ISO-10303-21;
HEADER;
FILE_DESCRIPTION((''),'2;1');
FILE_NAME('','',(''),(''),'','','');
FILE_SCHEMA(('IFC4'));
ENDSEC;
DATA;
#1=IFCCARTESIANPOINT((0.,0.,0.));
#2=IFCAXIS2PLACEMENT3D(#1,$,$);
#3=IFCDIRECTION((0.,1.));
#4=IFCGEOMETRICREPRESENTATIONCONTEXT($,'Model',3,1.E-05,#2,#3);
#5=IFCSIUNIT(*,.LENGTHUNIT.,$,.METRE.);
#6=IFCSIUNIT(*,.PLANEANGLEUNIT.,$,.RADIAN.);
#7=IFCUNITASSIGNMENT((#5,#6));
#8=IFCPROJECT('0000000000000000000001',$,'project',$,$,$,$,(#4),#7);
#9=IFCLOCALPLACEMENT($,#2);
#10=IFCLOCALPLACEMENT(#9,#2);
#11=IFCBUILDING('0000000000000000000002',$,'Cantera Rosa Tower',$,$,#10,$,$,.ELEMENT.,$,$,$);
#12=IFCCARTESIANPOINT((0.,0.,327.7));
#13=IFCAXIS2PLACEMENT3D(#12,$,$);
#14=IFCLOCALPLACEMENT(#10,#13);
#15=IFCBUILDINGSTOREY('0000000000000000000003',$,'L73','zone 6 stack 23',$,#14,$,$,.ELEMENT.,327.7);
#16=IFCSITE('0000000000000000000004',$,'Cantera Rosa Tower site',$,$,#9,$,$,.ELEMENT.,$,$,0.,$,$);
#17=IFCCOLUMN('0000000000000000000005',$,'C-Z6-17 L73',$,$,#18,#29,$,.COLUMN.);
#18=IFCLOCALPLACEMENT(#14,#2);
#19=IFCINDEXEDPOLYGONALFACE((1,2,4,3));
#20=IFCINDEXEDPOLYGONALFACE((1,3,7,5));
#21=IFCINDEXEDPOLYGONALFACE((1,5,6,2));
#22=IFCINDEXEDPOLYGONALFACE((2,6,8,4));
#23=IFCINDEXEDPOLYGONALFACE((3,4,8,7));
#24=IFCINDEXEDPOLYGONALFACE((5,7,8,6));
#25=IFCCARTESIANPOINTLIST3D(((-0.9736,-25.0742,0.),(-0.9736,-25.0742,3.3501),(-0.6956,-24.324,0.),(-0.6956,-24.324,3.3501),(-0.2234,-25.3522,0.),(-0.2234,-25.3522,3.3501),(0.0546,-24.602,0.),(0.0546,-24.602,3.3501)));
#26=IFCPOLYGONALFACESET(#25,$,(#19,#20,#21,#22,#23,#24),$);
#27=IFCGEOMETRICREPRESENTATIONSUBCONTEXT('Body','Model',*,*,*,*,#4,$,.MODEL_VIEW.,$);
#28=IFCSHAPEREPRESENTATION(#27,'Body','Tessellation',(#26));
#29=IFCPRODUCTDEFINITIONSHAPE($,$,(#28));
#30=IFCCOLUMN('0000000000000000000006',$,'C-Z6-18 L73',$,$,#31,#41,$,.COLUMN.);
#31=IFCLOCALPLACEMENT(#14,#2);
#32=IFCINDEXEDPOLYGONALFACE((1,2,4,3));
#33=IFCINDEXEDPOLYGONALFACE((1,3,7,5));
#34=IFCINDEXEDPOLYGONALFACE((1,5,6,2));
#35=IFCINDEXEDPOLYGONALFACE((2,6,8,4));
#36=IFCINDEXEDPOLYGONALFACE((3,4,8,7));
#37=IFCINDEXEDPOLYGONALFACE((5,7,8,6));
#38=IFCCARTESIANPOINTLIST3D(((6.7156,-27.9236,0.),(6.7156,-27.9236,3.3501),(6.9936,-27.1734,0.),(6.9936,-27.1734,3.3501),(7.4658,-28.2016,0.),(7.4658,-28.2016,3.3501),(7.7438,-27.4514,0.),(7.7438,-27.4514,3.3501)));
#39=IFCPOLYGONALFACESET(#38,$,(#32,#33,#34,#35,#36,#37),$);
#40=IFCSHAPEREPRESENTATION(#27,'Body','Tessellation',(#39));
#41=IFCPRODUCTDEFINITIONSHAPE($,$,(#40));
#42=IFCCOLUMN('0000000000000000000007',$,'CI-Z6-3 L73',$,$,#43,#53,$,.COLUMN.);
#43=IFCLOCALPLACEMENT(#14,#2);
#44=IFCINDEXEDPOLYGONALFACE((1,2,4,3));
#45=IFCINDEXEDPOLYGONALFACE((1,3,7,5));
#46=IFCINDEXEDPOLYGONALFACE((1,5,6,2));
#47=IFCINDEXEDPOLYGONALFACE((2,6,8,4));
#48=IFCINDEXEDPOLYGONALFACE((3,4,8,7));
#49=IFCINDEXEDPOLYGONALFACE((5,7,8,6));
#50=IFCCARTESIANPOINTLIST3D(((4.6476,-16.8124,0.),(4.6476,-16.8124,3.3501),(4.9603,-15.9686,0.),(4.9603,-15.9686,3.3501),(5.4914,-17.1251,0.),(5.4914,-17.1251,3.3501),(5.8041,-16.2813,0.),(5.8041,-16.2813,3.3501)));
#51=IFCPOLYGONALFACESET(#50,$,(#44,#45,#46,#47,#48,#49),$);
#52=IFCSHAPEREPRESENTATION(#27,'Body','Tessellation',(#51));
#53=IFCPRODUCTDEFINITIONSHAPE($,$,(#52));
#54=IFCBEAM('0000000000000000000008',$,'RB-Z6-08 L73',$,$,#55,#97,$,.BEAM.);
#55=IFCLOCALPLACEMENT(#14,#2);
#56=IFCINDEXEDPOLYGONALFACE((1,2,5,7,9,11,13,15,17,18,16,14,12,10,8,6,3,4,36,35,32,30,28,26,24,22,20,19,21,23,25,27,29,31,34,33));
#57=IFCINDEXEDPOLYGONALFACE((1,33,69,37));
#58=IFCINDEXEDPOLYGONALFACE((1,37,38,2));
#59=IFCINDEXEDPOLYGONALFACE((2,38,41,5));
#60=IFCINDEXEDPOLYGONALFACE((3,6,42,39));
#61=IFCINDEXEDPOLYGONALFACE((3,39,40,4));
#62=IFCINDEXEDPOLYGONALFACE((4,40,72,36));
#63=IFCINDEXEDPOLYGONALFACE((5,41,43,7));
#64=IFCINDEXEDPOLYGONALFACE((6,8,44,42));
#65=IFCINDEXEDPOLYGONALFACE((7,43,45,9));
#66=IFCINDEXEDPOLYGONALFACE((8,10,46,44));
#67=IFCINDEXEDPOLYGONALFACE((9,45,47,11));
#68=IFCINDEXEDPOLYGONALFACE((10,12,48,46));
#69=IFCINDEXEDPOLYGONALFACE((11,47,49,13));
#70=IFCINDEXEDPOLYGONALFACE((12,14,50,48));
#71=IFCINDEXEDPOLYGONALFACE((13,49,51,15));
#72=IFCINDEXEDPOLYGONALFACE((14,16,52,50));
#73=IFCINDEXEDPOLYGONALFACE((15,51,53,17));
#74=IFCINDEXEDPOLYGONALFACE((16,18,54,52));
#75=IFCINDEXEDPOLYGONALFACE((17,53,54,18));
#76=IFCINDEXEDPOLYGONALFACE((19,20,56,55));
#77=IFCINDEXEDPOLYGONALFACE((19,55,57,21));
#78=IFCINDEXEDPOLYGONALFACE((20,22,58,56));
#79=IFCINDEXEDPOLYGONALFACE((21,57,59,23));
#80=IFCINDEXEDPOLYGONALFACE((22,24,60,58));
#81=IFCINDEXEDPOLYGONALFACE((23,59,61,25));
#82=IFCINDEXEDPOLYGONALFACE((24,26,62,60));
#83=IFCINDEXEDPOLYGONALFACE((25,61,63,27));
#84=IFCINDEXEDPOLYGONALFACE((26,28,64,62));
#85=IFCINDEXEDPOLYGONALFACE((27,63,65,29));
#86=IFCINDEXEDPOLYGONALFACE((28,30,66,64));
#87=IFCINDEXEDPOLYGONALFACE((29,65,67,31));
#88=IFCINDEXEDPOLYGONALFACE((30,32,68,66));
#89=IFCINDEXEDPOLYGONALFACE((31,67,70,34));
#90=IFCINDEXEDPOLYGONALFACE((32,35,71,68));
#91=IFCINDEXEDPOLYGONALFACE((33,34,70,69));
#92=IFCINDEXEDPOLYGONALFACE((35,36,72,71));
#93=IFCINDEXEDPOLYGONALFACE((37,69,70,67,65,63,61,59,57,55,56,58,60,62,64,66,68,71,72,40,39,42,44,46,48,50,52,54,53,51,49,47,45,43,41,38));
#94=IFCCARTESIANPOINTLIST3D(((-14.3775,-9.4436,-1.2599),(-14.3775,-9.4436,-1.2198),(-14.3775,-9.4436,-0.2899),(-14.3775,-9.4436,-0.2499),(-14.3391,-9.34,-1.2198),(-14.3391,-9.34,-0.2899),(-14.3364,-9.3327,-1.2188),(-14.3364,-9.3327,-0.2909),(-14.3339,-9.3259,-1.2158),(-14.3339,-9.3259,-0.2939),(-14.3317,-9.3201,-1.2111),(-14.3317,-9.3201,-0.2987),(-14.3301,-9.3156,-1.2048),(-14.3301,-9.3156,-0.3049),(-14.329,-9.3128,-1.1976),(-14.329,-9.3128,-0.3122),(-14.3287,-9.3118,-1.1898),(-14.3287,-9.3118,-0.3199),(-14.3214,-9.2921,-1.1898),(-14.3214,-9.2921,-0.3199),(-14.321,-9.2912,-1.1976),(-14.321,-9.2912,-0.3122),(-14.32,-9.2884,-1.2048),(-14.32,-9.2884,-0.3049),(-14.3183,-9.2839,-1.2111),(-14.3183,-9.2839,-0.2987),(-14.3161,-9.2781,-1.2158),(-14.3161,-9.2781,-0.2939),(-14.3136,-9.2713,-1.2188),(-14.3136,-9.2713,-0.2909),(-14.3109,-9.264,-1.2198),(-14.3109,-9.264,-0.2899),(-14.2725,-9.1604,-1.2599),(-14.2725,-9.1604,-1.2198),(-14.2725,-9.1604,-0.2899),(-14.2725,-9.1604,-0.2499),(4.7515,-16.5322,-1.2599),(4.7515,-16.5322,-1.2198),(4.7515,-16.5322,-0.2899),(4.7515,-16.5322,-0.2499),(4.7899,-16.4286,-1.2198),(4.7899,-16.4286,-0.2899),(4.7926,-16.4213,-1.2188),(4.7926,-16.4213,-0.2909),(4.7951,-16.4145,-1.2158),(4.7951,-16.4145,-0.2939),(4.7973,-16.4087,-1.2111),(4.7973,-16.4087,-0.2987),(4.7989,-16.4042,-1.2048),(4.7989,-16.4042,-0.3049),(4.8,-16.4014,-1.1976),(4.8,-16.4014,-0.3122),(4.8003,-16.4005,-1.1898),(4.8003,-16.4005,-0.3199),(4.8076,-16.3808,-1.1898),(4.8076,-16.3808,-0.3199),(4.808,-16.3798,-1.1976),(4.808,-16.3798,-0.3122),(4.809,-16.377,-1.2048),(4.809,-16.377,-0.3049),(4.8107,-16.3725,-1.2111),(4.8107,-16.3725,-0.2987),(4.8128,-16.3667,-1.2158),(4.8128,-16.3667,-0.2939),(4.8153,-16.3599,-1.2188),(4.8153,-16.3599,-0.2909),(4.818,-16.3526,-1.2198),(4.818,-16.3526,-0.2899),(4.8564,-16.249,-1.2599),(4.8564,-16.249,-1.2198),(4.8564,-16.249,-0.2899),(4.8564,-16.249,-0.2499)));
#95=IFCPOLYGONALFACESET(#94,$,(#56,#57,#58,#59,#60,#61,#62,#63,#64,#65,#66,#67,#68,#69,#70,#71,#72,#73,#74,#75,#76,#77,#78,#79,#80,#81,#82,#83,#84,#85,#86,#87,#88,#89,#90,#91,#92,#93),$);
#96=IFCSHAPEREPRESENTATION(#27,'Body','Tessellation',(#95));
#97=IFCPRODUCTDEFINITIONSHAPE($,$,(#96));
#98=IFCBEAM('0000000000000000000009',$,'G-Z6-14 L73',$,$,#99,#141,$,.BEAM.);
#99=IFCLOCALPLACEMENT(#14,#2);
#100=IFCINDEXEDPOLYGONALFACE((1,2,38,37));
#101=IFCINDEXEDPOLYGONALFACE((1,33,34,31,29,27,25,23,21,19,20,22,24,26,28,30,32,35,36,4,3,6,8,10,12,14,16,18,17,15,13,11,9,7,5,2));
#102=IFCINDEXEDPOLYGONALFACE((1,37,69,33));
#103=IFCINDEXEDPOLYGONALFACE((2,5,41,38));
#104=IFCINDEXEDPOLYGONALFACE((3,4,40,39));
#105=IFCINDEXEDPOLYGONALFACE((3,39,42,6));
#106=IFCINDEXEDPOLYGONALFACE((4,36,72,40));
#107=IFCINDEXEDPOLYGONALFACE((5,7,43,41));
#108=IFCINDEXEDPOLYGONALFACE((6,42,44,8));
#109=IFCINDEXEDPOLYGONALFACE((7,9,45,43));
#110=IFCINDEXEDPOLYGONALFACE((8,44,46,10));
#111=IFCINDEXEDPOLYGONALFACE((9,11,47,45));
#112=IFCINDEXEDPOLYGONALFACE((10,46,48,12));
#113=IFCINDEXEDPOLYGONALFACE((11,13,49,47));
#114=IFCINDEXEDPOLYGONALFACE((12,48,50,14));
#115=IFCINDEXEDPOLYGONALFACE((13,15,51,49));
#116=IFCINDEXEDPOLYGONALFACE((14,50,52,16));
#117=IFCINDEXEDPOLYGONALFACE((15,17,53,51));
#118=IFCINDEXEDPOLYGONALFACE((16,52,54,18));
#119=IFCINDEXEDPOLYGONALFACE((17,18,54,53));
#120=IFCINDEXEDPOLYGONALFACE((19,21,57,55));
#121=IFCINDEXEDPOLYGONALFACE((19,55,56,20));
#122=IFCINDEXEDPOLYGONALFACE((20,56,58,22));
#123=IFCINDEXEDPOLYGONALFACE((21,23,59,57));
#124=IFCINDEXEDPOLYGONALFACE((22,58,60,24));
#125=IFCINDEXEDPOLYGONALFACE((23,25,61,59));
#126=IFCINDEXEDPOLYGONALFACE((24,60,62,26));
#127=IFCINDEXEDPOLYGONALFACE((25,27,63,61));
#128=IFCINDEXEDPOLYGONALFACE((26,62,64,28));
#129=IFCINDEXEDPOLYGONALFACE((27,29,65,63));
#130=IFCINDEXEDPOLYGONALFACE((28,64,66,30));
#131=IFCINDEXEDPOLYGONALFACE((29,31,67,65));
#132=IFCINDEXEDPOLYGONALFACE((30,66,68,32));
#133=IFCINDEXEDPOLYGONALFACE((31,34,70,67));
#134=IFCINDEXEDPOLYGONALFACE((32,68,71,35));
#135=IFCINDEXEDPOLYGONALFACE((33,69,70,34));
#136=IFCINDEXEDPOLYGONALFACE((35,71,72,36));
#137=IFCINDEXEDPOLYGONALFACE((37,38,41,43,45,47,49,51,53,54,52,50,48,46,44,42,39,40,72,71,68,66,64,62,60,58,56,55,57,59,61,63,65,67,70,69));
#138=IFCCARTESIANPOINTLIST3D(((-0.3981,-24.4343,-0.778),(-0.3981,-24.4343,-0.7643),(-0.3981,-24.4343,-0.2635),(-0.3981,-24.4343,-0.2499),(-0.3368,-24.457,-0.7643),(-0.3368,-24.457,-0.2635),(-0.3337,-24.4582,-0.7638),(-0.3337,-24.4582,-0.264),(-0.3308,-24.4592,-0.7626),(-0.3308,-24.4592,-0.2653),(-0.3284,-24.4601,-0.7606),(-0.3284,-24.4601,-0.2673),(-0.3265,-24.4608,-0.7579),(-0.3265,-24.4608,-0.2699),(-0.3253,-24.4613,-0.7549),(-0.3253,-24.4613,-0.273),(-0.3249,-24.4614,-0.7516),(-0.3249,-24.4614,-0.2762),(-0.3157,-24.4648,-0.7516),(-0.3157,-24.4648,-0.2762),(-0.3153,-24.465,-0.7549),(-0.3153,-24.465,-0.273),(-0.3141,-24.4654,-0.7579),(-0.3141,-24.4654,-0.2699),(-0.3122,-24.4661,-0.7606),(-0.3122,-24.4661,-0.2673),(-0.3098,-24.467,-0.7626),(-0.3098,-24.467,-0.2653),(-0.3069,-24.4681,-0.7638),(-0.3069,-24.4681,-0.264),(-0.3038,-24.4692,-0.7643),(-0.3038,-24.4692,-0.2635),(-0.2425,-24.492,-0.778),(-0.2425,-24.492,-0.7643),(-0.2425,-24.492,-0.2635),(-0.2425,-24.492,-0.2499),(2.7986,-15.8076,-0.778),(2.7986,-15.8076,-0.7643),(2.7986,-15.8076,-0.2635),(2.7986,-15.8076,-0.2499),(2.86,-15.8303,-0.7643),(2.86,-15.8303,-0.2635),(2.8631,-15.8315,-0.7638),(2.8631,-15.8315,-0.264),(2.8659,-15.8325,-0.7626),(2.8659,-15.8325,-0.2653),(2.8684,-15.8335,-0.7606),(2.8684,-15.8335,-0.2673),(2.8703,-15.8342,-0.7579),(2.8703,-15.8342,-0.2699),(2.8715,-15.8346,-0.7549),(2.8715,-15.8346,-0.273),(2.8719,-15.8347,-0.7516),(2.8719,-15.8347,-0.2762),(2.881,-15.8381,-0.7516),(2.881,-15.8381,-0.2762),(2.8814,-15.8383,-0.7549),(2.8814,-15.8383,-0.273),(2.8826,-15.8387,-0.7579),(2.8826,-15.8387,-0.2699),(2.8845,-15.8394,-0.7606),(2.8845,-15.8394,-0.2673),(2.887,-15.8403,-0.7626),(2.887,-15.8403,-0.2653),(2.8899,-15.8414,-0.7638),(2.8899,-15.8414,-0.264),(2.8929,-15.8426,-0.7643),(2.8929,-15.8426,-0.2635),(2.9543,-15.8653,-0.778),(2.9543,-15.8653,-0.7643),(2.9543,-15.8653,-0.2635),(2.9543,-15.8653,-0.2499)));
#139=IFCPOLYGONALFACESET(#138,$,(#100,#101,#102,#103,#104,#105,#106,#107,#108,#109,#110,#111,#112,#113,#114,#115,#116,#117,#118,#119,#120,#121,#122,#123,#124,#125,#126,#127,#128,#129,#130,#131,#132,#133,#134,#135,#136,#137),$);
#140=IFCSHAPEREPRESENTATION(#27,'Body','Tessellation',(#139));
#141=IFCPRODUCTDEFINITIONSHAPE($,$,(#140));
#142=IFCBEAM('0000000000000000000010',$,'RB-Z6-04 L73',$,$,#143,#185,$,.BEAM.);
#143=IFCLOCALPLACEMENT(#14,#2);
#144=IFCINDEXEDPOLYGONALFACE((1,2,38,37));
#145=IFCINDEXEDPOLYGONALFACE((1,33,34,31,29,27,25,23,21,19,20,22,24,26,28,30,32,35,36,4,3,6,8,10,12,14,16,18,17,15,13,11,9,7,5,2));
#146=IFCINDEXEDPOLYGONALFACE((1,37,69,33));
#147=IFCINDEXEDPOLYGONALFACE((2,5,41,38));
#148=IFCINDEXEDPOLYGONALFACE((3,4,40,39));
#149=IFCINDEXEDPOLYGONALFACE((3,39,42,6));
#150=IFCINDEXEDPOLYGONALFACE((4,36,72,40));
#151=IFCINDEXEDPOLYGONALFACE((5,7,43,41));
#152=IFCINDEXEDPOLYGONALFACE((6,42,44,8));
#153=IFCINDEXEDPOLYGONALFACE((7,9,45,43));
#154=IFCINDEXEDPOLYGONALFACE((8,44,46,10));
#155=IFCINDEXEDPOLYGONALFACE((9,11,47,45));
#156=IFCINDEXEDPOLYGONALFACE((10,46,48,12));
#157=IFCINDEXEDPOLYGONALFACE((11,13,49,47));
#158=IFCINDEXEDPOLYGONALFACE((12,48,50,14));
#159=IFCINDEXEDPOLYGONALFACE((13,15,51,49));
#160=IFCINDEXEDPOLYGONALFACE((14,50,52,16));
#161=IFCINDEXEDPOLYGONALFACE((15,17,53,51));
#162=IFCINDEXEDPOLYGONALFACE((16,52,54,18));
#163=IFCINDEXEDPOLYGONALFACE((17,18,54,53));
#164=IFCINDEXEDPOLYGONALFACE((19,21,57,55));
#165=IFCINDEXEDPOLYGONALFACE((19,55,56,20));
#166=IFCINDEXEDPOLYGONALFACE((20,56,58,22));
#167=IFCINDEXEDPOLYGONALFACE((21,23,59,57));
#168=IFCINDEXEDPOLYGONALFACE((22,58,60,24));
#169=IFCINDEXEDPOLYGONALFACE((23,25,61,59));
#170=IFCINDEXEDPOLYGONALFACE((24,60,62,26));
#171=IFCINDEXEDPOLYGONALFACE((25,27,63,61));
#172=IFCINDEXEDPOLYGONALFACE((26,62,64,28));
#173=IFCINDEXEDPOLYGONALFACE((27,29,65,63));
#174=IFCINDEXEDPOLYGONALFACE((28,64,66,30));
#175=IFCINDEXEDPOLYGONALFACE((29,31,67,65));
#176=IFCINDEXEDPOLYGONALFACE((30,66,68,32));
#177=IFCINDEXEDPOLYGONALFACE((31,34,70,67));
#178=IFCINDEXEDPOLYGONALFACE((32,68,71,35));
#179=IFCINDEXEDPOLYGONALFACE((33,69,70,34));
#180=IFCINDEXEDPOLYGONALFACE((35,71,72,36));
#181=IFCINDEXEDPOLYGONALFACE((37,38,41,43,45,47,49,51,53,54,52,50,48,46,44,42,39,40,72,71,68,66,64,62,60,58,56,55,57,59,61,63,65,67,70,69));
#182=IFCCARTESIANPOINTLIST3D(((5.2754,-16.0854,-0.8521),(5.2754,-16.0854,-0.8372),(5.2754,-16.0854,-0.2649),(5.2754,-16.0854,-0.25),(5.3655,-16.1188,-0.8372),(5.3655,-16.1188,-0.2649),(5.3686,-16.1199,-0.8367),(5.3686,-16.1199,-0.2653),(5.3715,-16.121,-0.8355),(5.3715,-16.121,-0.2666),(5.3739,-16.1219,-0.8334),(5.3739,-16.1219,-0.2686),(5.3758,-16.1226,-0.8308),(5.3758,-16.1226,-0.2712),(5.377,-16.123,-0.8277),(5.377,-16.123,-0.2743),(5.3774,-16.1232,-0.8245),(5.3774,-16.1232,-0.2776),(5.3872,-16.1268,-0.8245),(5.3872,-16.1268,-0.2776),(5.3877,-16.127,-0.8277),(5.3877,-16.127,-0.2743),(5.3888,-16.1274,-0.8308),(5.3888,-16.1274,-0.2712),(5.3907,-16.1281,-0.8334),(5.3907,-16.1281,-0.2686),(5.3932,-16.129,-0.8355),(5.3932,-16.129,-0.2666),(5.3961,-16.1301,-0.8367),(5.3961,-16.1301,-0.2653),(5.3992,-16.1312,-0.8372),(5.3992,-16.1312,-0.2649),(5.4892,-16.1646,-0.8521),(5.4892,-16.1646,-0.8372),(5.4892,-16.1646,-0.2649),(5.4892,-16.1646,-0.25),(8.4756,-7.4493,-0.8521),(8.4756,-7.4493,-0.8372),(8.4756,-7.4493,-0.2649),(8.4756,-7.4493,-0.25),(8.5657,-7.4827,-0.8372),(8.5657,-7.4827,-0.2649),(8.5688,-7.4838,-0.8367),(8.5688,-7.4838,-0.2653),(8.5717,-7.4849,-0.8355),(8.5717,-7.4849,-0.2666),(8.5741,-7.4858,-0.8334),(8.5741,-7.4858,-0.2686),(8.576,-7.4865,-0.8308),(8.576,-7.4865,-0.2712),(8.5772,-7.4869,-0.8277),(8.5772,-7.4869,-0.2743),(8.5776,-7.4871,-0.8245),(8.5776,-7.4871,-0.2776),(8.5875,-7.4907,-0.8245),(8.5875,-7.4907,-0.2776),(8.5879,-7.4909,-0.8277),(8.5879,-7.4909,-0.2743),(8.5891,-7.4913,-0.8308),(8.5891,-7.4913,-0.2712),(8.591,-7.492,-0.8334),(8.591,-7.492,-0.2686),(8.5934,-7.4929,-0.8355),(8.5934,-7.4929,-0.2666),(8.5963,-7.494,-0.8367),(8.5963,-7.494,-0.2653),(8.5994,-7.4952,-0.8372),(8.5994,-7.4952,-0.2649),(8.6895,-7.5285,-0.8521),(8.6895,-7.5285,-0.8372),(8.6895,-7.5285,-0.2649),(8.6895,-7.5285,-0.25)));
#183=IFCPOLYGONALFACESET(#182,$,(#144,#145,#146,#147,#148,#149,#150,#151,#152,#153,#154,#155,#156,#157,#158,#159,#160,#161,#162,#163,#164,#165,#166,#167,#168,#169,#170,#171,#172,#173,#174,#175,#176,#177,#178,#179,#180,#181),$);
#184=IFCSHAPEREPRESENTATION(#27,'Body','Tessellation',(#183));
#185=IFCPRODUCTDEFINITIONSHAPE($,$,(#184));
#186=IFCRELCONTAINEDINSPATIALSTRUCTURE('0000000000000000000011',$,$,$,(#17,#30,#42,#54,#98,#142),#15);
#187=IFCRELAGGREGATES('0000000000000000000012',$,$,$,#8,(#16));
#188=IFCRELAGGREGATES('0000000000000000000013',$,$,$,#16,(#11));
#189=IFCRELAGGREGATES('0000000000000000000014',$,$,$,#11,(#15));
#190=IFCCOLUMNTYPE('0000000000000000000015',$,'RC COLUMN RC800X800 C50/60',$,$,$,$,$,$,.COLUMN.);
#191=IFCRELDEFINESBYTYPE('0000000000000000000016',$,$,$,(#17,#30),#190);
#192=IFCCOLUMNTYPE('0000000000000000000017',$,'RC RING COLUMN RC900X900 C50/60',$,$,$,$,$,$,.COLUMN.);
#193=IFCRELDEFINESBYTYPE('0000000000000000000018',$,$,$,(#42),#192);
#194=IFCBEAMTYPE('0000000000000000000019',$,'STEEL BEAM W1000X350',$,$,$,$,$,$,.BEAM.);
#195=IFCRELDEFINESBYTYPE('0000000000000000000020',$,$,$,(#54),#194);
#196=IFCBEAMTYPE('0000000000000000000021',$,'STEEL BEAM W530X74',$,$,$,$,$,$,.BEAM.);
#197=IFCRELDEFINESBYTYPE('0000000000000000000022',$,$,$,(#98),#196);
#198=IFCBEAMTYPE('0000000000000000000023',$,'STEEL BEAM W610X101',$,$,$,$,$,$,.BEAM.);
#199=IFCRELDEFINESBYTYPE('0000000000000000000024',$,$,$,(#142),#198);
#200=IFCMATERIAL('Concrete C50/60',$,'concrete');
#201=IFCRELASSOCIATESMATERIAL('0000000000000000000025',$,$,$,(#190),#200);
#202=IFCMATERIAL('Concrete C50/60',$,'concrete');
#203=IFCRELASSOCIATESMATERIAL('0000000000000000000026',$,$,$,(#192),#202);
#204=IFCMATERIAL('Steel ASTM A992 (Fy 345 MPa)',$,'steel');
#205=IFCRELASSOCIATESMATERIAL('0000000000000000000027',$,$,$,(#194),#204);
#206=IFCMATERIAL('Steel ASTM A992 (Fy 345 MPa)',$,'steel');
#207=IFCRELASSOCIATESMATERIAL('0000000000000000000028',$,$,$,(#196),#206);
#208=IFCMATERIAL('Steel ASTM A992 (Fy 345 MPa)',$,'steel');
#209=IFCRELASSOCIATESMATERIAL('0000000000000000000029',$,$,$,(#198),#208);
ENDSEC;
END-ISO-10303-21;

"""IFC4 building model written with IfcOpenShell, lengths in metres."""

from ifc_helpers import new_model, si_unit, direction, frame, origin, origin_2d, place, context, subcontext, project, spatial, rectangle, i_section, extrude, material, material_profile, profile_set, type_object, element, save


model = new_model("IFC4")

# Units and contexts
model_context = context("Model", 3, precision=1e-05, world=origin(), true_north=direction((0.0, 1.0)))
body_context = subcontext(model_context, "Body", "Model", "MODEL_VIEW")
ifc_project = project(units=[si_unit("LENGTHUNIT", "METRE"), si_unit("PLANEANGLEUNIT", "RADIAN")], contexts=[model_context])

# Site, building, storey
site_placement = place(None, origin())
site = spatial("IfcSite", under=ifc_project, at=site_placement, Name="Cantera Rosa Tower site", CompositionType="ELEMENT", RefElevation=0.0)
building_placement = place(site_placement, origin())
building = spatial("IfcBuilding", under=site, at=building_placement, Name="Cantera Rosa Tower", CompositionType="ELEMENT")
storey_placement = place(building_placement, frame((0.0, 0.0, 327.7)))
storey = spatial("IfcBuildingStorey", under=building, at=storey_placement, Name="L73", Description="zone 6 stack 23", CompositionType="ELEMENT", Elevation=327.7)

# Columns
ifc_material_1 = material(Name="Concrete C50/60", Category="concrete")
ifc_material_profile_1 = material_profile(ifc_material_1, rectangle(XDim=0.8, YDim=0.8, at=origin_2d()), Name="RC COLUMN RC800X800 C50/60")
ifc_profile_set_1 = profile_set([ifc_material_profile_1], Name="Concrete C50/60")
column_type_1 = type_object("IfcColumnType", Name="RC COLUMN RC800X800 C50/60", PredefinedType="COLUMN", material=ifc_profile_set_1)
for number, where, z_axis, x_axis, name in (
    (1, (-0.4595, -24.8381, 0.0), (0.0, 0.0, 1.0), (0.347481, 0.937687, 0.0), "C-Z6-17 L73"),
    (2, (7.2297, -27.6875, 0.0), (0.0, 0.0, 1.0), (0.347481, 0.937687, 0.0), "C-Z6-18 L73"),
):
    element("IfcColumn", number, at=place(storey_placement, frame(where, z_axis=z_axis, x_axis=x_axis)), inside=storey, type_object=column_type_1, Name=name, PredefinedType="COLUMN", context=body_context, shape_type="SweptSolid", body=[
        extrude(rectangle(XDim=0.8, YDim=0.8, at=origin_2d()), origin(), (0.0, 0.0, 1.0), 3.3501),
    ])
ifc_material_2 = material(Name="Concrete C50/60", Category="concrete")
ifc_material_profile_2 = material_profile(ifc_material_2, rectangle(XDim=0.8999, YDim=0.8999, at=origin_2d()), Name="RC RING COLUMN RC900X900 C50/60")
ifc_profile_set_2 = profile_set([ifc_material_profile_2], Name="Concrete C50/60")
column_type_2 = type_object("IfcColumnType", Name="RC RING COLUMN RC900X900 C50/60", PredefinedType="COLUMN", material=ifc_profile_set_2)
column_placement = place(storey_placement, frame((5.2258, -16.5469, 0.0), z_axis=(0.0, 0.0, 1.0), x_axis=(0.347481, 0.937687, 0.0)))
element("IfcColumn", 3, at=column_placement, inside=storey, type_object=column_type_2, Name="CI-Z6-3 L73", PredefinedType="COLUMN", context=body_context, shape_type="SweptSolid", body=[
    extrude(rectangle(XDim=0.8999, YDim=0.8999, at=origin_2d()), origin(), (0.0, 0.0, 1.0), 3.3501),
])

# Beams
ifc_material_3 = material(Name="Steel ASTM A992 (Fy 345 MPa)", Category="steel")
ifc_material_profile_3 = material_profile(ifc_material_3, i_section(OverallWidth=0.302, OverallDepth=1.01, WebThickness=0.021, FlangeThickness=0.04, FilletRadius=0.03, at=origin_2d()), Name="W1000X350")
ifc_profile_set_3 = profile_set([ifc_material_profile_3], Name="Steel ASTM A992 (Fy 345 MPa)")
beam_type_1 = type_object("IfcBeamType", Name="STEEL BEAM W1000X350", PredefinedType="BEAM", material=ifc_profile_set_3)
beam_1_placement = place(storey_placement, frame((4.804, -16.3906, -0.7549), z_axis=(-0.937687, 0.34748, 0.0), x_axis=(-0.34748, -0.937687, 0.0)))
element("IfcBeam", 4, at=beam_1_placement, inside=storey, type_object=beam_type_1, Name="RB-Z6-08 L73", PredefinedType="BEAM", context=body_context, shape_type="SweptSolid", body=[
    extrude(i_section(OverallWidth=0.302, OverallDepth=1.01, WebThickness=0.021, FlangeThickness=0.04, FilletRadius=0.03, at=origin_2d()), origin(), (0.0, 0.0, 1.0), 20.4001),
])
ifc_material_4 = material(Name="Steel ASTM A992 (Fy 345 MPa)", Category="steel")
ifc_material_profile_4 = material_profile(ifc_material_4, i_section(OverallWidth=0.166, OverallDepth=0.5281, WebThickness=0.0098, FlangeThickness=0.0137, FilletRadius=0.0127, at=origin_2d()), Name="W530X74")
ifc_profile_set_4 = profile_set([ifc_material_profile_4], Name="Steel ASTM A992 (Fy 345 MPa)")
beam_type_2 = type_object("IfcBeamType", Name="STEEL BEAM W530X74", PredefinedType="BEAM", material=ifc_profile_set_4)
beam_2_placement = place(storey_placement, frame((-0.3203, -24.4631, -0.5139), z_axis=(0.347477, 0.937689, 0.0), x_axis=(-0.937689, 0.347477, 0.0)))
element("IfcBeam", 5, at=beam_2_placement, inside=storey, type_object=beam_type_2, Name="G-Z6-14 L73", PredefinedType="BEAM", context=body_context, shape_type="SweptSolid", body=[
    extrude(i_section(OverallWidth=0.166, OverallDepth=0.5281, WebThickness=0.0098, FlangeThickness=0.0137, FilletRadius=0.0127, at=origin_2d()), origin(), (0.0, 0.0, 1.0), 9.2),
])
ifc_material_5 = material(Name="Steel ASTM A992 (Fy 345 MPa)", Category="steel")
ifc_material_profile_5 = material_profile(ifc_material_5, i_section(OverallWidth=0.228, OverallDepth=0.6021, WebThickness=0.0105, FlangeThickness=0.0149, FilletRadius=0.0127, at=origin_2d()), Name="W610X101")
ifc_profile_set_5 = profile_set([ifc_material_profile_5], Name="Steel ASTM A992 (Fy 345 MPa)")
beam_type_3 = type_object("IfcBeamType", Name="STEEL BEAM W610X101", PredefinedType="BEAM", material=ifc_profile_set_5)
beam_3_placement = place(storey_placement, frame((5.3823, -16.125, -0.551), z_axis=(0.347475, 0.937689, 0.0), x_axis=(-0.937689, 0.347475, 0.0)))
element("IfcBeam", 6, at=beam_3_placement, inside=storey, type_object=beam_type_3, Name="RB-Z6-04 L73", PredefinedType="BEAM", context=body_context, shape_type="SweptSolid", body=[
    extrude(i_section(OverallWidth=0.228, OverallDepth=0.6021, WebThickness=0.0105, FlangeThickness=0.0149, FilletRadius=0.0127, at=origin_2d()), origin(), (0.0, 0.0, 1.0), 9.21),
])

save(model, "model.ifc")
